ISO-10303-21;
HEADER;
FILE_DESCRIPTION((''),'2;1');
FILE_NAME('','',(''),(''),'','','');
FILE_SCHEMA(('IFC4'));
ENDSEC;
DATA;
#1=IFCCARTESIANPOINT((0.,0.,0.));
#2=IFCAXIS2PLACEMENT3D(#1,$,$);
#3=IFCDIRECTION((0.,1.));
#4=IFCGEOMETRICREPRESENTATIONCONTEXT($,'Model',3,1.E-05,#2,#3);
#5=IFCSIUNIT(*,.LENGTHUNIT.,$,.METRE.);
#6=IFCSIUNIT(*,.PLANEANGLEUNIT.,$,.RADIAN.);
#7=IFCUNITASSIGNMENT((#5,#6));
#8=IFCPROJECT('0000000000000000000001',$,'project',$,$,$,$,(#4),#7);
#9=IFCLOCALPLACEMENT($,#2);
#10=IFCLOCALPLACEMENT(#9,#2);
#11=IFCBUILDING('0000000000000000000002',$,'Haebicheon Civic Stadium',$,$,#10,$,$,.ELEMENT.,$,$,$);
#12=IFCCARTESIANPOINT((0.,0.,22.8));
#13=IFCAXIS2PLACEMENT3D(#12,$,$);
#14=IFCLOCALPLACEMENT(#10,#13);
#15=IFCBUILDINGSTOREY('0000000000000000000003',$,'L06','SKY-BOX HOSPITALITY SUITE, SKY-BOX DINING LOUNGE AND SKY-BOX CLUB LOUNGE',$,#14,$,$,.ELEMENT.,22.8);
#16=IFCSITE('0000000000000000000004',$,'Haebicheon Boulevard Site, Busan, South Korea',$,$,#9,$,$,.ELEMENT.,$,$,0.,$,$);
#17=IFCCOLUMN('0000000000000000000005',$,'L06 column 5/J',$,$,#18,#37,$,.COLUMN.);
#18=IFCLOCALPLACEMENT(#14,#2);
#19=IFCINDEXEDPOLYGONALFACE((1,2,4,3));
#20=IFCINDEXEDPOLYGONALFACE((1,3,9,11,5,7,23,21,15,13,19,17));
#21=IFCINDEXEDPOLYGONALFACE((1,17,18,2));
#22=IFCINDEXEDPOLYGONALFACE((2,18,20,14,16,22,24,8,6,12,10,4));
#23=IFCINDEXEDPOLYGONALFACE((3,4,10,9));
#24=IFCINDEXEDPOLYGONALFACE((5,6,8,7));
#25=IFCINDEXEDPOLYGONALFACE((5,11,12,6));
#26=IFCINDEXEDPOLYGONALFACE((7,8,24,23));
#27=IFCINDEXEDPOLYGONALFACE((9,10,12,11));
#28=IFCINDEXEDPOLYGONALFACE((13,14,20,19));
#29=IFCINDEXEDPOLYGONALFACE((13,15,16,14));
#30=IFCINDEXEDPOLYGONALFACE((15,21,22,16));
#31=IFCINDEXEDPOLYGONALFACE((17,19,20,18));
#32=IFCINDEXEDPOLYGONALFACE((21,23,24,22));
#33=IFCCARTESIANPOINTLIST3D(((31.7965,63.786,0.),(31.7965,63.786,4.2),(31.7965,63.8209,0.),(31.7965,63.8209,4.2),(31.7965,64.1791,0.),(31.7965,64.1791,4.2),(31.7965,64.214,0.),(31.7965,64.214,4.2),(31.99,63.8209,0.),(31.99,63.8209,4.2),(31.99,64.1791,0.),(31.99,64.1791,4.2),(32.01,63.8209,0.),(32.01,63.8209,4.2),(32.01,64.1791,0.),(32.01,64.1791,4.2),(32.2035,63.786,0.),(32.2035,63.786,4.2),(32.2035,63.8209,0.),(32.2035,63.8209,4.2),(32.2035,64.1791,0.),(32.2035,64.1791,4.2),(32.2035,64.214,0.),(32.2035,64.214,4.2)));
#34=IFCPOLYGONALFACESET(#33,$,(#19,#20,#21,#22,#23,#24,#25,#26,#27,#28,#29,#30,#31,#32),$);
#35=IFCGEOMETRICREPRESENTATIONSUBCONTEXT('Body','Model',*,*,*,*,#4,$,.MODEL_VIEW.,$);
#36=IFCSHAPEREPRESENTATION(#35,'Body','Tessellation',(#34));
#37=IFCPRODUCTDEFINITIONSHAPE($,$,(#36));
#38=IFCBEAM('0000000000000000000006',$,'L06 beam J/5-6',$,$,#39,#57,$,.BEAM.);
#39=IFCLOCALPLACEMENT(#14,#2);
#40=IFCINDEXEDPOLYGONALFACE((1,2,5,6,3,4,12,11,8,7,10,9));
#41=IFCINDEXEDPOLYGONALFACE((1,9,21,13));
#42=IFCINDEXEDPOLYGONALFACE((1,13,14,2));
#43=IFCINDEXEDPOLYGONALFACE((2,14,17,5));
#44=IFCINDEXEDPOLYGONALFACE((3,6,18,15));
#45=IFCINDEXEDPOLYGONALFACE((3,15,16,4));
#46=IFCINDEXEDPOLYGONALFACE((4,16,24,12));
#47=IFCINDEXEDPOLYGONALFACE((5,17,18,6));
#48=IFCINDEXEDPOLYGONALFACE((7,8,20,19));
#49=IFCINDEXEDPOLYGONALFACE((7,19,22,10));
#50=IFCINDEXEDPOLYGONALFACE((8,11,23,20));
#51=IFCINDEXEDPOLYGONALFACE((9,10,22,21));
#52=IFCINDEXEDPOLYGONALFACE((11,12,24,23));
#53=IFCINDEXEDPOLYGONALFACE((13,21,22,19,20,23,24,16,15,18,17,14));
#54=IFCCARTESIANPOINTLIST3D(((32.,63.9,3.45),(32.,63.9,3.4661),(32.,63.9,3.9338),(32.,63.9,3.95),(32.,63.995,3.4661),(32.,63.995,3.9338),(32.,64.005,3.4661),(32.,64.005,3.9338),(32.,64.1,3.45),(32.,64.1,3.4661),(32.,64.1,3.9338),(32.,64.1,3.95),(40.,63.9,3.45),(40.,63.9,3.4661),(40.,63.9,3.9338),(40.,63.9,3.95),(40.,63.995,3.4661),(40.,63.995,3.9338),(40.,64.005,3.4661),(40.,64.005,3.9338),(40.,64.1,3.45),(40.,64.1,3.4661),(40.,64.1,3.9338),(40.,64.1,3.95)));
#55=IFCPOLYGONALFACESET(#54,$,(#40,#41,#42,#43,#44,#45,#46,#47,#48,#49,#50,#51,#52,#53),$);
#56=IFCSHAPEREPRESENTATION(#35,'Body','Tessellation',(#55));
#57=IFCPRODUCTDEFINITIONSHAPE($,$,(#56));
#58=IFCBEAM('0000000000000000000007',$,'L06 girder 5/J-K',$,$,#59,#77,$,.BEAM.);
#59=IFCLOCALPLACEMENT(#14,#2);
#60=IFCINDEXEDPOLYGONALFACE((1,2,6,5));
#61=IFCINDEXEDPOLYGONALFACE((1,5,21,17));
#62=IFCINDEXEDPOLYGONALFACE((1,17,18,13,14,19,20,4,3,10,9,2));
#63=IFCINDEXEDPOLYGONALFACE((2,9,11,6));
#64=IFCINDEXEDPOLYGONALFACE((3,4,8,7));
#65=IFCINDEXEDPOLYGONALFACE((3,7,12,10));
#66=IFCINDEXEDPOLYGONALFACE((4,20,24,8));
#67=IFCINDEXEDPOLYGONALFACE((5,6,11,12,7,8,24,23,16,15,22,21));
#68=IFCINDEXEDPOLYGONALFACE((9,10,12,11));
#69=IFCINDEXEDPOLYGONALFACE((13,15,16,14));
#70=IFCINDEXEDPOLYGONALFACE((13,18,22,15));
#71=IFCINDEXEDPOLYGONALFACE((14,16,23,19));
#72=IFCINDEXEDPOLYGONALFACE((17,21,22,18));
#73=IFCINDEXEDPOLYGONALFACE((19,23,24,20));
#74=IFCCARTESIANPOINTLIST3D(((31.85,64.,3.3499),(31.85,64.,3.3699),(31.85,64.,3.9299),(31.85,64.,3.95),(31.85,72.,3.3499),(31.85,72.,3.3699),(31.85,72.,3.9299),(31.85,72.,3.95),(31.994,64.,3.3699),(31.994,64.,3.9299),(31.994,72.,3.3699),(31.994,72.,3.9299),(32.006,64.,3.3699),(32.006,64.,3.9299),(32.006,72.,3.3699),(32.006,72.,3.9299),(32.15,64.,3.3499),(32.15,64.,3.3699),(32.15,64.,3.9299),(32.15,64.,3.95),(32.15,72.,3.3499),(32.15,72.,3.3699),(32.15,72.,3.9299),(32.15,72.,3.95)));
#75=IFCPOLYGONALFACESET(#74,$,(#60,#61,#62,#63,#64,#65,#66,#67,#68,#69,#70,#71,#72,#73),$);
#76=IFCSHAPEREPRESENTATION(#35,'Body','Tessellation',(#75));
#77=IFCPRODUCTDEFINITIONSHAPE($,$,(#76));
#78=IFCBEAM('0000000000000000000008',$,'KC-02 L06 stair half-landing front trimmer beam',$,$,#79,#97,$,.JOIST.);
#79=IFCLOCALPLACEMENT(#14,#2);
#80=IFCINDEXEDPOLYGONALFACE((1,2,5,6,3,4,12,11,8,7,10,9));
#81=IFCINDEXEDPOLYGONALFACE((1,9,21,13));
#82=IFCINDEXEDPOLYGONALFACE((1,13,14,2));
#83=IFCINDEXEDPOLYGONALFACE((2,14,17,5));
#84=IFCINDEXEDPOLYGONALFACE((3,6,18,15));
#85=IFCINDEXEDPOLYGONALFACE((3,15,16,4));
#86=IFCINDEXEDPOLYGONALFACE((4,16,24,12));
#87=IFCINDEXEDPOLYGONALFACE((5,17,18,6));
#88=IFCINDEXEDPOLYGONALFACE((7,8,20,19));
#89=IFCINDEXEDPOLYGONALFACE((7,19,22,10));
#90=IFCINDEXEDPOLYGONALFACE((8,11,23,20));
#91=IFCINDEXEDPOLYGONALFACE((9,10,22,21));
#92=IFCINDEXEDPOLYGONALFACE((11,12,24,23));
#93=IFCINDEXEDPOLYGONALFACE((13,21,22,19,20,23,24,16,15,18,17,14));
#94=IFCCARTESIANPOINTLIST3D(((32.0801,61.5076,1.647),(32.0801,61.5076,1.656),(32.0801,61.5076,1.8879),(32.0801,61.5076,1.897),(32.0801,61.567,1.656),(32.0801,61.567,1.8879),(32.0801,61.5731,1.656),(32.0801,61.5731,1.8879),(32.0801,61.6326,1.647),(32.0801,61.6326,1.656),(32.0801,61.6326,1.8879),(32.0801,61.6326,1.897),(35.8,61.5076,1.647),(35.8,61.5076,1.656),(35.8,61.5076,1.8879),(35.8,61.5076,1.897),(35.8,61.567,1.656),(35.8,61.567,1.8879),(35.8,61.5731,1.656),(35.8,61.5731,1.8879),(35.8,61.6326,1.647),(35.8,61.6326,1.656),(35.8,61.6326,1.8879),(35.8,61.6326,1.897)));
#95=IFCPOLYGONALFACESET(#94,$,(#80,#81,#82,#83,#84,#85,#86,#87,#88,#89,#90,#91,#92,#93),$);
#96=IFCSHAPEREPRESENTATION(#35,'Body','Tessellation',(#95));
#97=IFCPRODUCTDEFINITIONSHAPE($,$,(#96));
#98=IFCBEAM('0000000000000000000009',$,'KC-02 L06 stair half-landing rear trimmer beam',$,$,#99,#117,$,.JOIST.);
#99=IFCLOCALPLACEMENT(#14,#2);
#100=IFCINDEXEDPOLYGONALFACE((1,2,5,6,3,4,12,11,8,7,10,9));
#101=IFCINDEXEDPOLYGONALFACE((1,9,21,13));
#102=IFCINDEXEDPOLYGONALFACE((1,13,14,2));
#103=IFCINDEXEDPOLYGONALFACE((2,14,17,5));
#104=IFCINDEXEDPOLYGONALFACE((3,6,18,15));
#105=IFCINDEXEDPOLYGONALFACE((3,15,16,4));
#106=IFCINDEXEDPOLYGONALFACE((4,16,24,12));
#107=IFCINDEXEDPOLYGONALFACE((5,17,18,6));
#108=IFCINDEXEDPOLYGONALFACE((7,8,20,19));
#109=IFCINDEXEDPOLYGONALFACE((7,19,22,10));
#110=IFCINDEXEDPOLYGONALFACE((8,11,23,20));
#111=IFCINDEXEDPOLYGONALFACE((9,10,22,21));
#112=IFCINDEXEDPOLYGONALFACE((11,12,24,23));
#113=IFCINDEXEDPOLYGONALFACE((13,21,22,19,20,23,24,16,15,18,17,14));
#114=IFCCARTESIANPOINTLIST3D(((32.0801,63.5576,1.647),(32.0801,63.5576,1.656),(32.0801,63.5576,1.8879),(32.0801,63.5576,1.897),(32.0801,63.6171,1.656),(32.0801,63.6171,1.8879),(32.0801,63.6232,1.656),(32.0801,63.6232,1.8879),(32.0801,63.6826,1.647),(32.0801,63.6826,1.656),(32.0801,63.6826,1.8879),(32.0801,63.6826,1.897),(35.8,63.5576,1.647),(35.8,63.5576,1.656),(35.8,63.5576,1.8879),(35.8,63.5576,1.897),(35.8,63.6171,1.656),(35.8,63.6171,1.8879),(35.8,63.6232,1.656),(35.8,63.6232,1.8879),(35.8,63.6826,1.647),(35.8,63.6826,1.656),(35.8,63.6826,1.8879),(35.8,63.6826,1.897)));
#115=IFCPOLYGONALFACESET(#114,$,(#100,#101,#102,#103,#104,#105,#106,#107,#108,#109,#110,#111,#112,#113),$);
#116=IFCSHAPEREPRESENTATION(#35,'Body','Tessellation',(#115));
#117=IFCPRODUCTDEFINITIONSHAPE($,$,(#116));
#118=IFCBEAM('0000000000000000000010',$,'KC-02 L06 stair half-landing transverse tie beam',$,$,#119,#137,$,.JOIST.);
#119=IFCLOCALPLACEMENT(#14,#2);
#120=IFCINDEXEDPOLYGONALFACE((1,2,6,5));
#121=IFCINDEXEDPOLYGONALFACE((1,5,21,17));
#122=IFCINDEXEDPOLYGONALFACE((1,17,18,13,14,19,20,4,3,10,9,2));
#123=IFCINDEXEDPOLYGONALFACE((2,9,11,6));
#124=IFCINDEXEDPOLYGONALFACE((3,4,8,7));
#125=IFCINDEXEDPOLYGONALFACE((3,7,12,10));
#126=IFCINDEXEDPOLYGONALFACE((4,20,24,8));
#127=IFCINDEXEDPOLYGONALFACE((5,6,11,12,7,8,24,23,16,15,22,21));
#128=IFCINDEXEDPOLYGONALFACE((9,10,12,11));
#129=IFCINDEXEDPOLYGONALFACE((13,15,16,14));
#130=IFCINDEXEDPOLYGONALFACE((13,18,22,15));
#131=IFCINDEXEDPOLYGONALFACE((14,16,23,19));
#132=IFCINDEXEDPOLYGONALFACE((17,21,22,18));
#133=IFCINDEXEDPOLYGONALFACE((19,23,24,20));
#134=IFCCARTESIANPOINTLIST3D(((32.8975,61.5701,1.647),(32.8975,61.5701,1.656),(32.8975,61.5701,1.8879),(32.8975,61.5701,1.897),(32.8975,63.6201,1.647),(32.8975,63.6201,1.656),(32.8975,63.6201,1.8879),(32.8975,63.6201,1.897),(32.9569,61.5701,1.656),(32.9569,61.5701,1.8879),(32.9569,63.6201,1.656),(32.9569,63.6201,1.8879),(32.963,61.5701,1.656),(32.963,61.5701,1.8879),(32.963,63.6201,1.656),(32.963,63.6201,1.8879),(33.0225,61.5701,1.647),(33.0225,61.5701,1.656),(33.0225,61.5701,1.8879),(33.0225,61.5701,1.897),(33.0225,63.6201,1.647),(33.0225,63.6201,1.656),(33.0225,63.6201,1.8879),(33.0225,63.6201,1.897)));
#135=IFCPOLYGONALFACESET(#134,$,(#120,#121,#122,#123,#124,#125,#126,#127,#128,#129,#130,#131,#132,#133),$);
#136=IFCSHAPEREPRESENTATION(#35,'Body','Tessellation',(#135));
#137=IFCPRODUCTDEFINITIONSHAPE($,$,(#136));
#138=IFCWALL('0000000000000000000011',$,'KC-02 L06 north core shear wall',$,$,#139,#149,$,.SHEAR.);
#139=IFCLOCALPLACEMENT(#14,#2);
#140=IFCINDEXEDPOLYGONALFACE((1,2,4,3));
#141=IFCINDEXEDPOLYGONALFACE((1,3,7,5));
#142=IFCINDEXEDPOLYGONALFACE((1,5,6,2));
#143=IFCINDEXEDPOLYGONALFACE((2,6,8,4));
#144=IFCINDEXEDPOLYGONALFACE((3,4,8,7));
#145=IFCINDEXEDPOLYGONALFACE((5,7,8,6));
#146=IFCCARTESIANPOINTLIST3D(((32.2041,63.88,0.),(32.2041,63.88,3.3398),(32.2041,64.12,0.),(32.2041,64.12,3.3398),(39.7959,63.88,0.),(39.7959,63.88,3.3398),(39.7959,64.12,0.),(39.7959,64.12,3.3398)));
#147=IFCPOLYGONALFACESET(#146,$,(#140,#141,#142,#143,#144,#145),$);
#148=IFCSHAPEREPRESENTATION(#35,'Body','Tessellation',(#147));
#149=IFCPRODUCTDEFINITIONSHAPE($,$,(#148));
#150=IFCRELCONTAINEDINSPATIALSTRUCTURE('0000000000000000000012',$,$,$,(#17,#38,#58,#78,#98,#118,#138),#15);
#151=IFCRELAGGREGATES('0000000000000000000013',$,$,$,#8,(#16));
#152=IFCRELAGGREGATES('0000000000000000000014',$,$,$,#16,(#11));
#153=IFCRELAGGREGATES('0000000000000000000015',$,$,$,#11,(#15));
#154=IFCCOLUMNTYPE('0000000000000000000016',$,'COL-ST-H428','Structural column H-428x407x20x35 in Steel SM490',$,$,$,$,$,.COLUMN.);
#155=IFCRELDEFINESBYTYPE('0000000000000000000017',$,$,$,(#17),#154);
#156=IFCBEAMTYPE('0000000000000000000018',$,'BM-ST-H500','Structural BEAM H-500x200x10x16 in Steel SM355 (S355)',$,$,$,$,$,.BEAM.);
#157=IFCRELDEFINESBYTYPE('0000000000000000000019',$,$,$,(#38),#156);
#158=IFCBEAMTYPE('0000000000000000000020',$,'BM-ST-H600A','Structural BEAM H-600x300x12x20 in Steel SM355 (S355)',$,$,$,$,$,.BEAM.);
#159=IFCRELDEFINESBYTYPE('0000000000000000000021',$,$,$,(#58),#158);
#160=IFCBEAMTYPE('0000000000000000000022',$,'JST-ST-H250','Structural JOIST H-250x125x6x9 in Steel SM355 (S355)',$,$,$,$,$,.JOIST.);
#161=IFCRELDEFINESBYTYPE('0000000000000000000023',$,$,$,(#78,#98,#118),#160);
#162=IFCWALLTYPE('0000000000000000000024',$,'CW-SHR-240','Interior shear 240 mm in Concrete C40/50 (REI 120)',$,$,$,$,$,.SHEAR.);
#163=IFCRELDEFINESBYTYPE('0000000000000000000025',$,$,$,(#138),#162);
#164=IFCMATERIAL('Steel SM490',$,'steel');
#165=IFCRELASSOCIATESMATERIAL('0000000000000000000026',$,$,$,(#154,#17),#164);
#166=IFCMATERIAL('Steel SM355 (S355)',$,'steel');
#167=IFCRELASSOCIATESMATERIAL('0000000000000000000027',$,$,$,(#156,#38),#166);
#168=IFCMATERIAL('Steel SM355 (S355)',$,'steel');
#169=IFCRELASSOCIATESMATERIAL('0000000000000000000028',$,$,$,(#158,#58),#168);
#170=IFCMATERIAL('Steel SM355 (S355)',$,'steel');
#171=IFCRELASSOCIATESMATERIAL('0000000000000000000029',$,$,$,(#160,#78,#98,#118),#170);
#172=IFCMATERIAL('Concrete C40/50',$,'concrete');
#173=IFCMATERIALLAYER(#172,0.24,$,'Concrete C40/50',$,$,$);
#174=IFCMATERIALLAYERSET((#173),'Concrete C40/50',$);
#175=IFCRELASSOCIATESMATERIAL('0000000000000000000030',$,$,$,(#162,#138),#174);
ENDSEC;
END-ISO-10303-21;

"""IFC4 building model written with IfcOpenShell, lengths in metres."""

from ifc_helpers import new_model, si_unit, direction, frame, frame_2d, origin, origin_2d, place, context, subcontext, project, spatial, rectangle, i_section, extrude, material, layer, layer_set, material_profile, profile_set, type_object, element, save


model = new_model("IFC4")

# Units and contexts
model_context = context("Model", 3, precision=1e-05, world=origin(), true_north=direction((0.0, 1.0)))
body_context = subcontext(model_context, "Body", "Model", "MODEL_VIEW")
ifc_project = project(units=[si_unit("LENGTHUNIT", "METRE"), si_unit("PLANEANGLEUNIT", "RADIAN")], contexts=[model_context])

# Site, building, storey
site_placement = place(None, origin())
site = spatial("IfcSite", under=ifc_project, at=site_placement, Name="Haebicheon Boulevard Site, Busan, South Korea", CompositionType="ELEMENT", RefElevation=0.0)
building_placement = place(site_placement, origin())
building = spatial("IfcBuilding", under=site, at=building_placement, Name="Haebicheon Civic Stadium", CompositionType="ELEMENT")
storey_placement = place(building_placement, frame((0.0, 0.0, 22.8)))
storey = spatial("IfcBuildingStorey", under=building, at=storey_placement, Name="L06", Description="SKY-BOX HOSPITALITY SUITE, SKY-BOX DINING LOUNGE AND SKY-BOX CLUB LOUNGE", CompositionType="ELEMENT", Elevation=22.8)

# Column
ifc_material_1 = material(Name="Steel SM490", Category="steel")
ifc_material_profile_1 = material_profile(ifc_material_1, i_section(OverallWidth=0.407, OverallDepth=0.428, WebThickness=0.02, FlangeThickness=0.0349, at=origin_2d()), Name="H-428x407x20x35")
ifc_profile_set_1 = profile_set([ifc_material_profile_1], Name="Steel SM490")
column_type = type_object("IfcColumnType", Name="COL-ST-H428", Description="Structural column H-428x407x20x35 in Steel SM490", PredefinedType="COLUMN", material=ifc_profile_set_1)
column_placement = place(storey_placement, frame((32.0, 64.0, 0.0), z_axis=(0.0, 0.0, 1.0), x_axis=(1.0, 0.0, 0.0)))
element("IfcColumn", 1, at=column_placement, inside=storey, type_object=column_type, material=ifc_profile_set_1, Name="L06 column 5/J", PredefinedType="COLUMN", context=body_context, shape_type="SweptSolid", body=[
    extrude(i_section(OverallWidth=0.407, OverallDepth=0.428, WebThickness=0.02, FlangeThickness=0.0349, at=origin_2d()), origin(), (0.0, 0.0, 1.0), 4.2),
])

# Beams
ifc_material_2 = material(Name="Steel SM355 (S355)", Category="steel")
ifc_material_profile_2 = material_profile(ifc_material_2, i_section(OverallWidth=0.2, OverallDepth=0.5, WebThickness=0.01, FlangeThickness=0.0161, at=origin_2d()), Name="H-500x200x10x16")
ifc_profile_set_2 = profile_set([ifc_material_profile_2], Name="Steel SM355 (S355)")
beam_type_1 = type_object("IfcBeamType", Name="BM-ST-H500", Description="Structural BEAM H-500x200x10x16 in Steel SM355 (S355)", PredefinedType="BEAM", material=ifc_profile_set_2)
beam_1_placement = place(storey_placement, frame((32.0, 64.0, 3.7), z_axis=(1.0, 0.0, 0.0), x_axis=(0.0, 1.0, 0.0)))
element("IfcBeam", 2, at=beam_1_placement, inside=storey, type_object=beam_type_1, material=ifc_profile_set_2, Name="L06 beam J/5-6", PredefinedType="BEAM", context=body_context, shape_type="SweptSolid", body=[
    extrude(i_section(OverallWidth=0.2, OverallDepth=0.5, WebThickness=0.01, FlangeThickness=0.0161, at=origin_2d()), origin(), (0.0, 0.0, 1.0), 8.0),
])
ifc_material_3 = material(Name="Steel SM355 (S355)", Category="steel")
ifc_material_profile_3 = material_profile(ifc_material_3, i_section(OverallWidth=0.3, OverallDepth=0.6001, WebThickness=0.012, FlangeThickness=0.02, at=origin_2d()), Name="H-600x300x12x20")
ifc_profile_set_3 = profile_set([ifc_material_profile_3], Name="Steel SM355 (S355)")
beam_type_2 = type_object("IfcBeamType", Name="BM-ST-H600A", Description="Structural BEAM H-600x300x12x20 in Steel SM355 (S355)", PredefinedType="BEAM", material=ifc_profile_set_3)
beam_2_placement = place(storey_placement, frame((32.0, 64.0, 3.6499), z_axis=(0.0, 1.0, 0.0), x_axis=(-1.0, 0.0, 0.0)))
element("IfcBeam", 3, at=beam_2_placement, inside=storey, type_object=beam_type_2, material=ifc_profile_set_3, Name="L06 girder 5/J-K", PredefinedType="BEAM", context=body_context, shape_type="SweptSolid", body=[
    extrude(i_section(OverallWidth=0.3, OverallDepth=0.6001, WebThickness=0.012, FlangeThickness=0.02, at=origin_2d()), origin(), (0.0, 0.0, 1.0), 8.0),
])
ifc_material_4 = material(Name="Steel SM355 (S355)", Category="steel")
ifc_material_profile_4 = material_profile(ifc_material_4, i_section(OverallWidth=0.125, OverallDepth=0.25, WebThickness=0.0061, FlangeThickness=0.009, at=origin_2d()), Name="H-250x125x6x9")
ifc_profile_set_4 = profile_set([ifc_material_profile_4], Name="Steel SM355 (S355)")
beam_type_3 = type_object("IfcBeamType", Name="JST-ST-H250", Description="Structural JOIST H-250x125x6x9 in Steel SM355 (S355)", PredefinedType="JOIST", material=ifc_profile_set_4)
for number, where, z_axis, x_axis, name in (
    (4, (32.0801, 61.5701, 1.772), (1.0, 0.0, 0.0), (0.0, 1.0, 0.0), "KC-02 L06 stair half-landing front trimmer beam"),
    (5, (32.0801, 63.6201, 1.772), (1.0, 0.0, 0.0), (0.0, 1.0, 0.0), "KC-02 L06 stair half-landing rear trimmer beam"),
):
    element("IfcBeam", number, at=place(storey_placement, frame(where, z_axis=z_axis, x_axis=x_axis)), inside=storey, type_object=beam_type_3, material=ifc_profile_set_4, Name=name, PredefinedType="JOIST", context=body_context, shape_type="SweptSolid", body=[
        extrude(i_section(OverallWidth=0.125, OverallDepth=0.25, WebThickness=0.0061, FlangeThickness=0.009, at=origin_2d()), origin(), (0.0, 0.0, 1.0), 3.72),
    ])
beam_3_placement = place(storey_placement, frame((32.96, 61.5701, 1.772), z_axis=(0.0, 1.0, 0.0), x_axis=(-1.0, 0.0, 0.0)))
element("IfcBeam", 6, at=beam_3_placement, inside=storey, type_object=beam_type_3, material=ifc_profile_set_4, Name="KC-02 L06 stair half-landing transverse tie beam", PredefinedType="JOIST", context=body_context, shape_type="SweptSolid", body=[
    extrude(i_section(OverallWidth=0.125, OverallDepth=0.25, WebThickness=0.0061, FlangeThickness=0.009, at=origin_2d()), origin(), (0.0, 0.0, 1.0), 2.05),
])

# Wall
ifc_material_5 = material(Name="Concrete C40/50", Category="concrete")
ifc_layer = layer(ifc_material_5, 0.24, Name="Concrete C40/50")
ifc_layer_set = layer_set([ifc_layer], Name="Concrete C40/50")
wall_type = type_object("IfcWallType", Name="CW-SHR-240", Description="Interior shear 240 mm in Concrete C40/50 (REI 120)", PredefinedType="SHEAR", material=ifc_layer_set)
wall_1_placement = place(storey_placement, frame((32.2041, 64.0, 0.0), z_axis=(0.0, 0.0, 1.0), x_axis=(1.0, 0.0, 0.0)))
element("IfcWall", 7, at=wall_1_placement, inside=storey, type_object=wall_type, material=ifc_layer_set, Name="KC-02 L06 north core shear wall", PredefinedType="SHEAR", context=body_context, shape_type="SweptSolid", body=[
    extrude(rectangle(XDim=7.5918, YDim=0.24, at=frame_2d((3.7959, 0.0))), origin(), (0.0, 0.0, 1.0), 3.3398),
])

save(model, "model.ifc")
